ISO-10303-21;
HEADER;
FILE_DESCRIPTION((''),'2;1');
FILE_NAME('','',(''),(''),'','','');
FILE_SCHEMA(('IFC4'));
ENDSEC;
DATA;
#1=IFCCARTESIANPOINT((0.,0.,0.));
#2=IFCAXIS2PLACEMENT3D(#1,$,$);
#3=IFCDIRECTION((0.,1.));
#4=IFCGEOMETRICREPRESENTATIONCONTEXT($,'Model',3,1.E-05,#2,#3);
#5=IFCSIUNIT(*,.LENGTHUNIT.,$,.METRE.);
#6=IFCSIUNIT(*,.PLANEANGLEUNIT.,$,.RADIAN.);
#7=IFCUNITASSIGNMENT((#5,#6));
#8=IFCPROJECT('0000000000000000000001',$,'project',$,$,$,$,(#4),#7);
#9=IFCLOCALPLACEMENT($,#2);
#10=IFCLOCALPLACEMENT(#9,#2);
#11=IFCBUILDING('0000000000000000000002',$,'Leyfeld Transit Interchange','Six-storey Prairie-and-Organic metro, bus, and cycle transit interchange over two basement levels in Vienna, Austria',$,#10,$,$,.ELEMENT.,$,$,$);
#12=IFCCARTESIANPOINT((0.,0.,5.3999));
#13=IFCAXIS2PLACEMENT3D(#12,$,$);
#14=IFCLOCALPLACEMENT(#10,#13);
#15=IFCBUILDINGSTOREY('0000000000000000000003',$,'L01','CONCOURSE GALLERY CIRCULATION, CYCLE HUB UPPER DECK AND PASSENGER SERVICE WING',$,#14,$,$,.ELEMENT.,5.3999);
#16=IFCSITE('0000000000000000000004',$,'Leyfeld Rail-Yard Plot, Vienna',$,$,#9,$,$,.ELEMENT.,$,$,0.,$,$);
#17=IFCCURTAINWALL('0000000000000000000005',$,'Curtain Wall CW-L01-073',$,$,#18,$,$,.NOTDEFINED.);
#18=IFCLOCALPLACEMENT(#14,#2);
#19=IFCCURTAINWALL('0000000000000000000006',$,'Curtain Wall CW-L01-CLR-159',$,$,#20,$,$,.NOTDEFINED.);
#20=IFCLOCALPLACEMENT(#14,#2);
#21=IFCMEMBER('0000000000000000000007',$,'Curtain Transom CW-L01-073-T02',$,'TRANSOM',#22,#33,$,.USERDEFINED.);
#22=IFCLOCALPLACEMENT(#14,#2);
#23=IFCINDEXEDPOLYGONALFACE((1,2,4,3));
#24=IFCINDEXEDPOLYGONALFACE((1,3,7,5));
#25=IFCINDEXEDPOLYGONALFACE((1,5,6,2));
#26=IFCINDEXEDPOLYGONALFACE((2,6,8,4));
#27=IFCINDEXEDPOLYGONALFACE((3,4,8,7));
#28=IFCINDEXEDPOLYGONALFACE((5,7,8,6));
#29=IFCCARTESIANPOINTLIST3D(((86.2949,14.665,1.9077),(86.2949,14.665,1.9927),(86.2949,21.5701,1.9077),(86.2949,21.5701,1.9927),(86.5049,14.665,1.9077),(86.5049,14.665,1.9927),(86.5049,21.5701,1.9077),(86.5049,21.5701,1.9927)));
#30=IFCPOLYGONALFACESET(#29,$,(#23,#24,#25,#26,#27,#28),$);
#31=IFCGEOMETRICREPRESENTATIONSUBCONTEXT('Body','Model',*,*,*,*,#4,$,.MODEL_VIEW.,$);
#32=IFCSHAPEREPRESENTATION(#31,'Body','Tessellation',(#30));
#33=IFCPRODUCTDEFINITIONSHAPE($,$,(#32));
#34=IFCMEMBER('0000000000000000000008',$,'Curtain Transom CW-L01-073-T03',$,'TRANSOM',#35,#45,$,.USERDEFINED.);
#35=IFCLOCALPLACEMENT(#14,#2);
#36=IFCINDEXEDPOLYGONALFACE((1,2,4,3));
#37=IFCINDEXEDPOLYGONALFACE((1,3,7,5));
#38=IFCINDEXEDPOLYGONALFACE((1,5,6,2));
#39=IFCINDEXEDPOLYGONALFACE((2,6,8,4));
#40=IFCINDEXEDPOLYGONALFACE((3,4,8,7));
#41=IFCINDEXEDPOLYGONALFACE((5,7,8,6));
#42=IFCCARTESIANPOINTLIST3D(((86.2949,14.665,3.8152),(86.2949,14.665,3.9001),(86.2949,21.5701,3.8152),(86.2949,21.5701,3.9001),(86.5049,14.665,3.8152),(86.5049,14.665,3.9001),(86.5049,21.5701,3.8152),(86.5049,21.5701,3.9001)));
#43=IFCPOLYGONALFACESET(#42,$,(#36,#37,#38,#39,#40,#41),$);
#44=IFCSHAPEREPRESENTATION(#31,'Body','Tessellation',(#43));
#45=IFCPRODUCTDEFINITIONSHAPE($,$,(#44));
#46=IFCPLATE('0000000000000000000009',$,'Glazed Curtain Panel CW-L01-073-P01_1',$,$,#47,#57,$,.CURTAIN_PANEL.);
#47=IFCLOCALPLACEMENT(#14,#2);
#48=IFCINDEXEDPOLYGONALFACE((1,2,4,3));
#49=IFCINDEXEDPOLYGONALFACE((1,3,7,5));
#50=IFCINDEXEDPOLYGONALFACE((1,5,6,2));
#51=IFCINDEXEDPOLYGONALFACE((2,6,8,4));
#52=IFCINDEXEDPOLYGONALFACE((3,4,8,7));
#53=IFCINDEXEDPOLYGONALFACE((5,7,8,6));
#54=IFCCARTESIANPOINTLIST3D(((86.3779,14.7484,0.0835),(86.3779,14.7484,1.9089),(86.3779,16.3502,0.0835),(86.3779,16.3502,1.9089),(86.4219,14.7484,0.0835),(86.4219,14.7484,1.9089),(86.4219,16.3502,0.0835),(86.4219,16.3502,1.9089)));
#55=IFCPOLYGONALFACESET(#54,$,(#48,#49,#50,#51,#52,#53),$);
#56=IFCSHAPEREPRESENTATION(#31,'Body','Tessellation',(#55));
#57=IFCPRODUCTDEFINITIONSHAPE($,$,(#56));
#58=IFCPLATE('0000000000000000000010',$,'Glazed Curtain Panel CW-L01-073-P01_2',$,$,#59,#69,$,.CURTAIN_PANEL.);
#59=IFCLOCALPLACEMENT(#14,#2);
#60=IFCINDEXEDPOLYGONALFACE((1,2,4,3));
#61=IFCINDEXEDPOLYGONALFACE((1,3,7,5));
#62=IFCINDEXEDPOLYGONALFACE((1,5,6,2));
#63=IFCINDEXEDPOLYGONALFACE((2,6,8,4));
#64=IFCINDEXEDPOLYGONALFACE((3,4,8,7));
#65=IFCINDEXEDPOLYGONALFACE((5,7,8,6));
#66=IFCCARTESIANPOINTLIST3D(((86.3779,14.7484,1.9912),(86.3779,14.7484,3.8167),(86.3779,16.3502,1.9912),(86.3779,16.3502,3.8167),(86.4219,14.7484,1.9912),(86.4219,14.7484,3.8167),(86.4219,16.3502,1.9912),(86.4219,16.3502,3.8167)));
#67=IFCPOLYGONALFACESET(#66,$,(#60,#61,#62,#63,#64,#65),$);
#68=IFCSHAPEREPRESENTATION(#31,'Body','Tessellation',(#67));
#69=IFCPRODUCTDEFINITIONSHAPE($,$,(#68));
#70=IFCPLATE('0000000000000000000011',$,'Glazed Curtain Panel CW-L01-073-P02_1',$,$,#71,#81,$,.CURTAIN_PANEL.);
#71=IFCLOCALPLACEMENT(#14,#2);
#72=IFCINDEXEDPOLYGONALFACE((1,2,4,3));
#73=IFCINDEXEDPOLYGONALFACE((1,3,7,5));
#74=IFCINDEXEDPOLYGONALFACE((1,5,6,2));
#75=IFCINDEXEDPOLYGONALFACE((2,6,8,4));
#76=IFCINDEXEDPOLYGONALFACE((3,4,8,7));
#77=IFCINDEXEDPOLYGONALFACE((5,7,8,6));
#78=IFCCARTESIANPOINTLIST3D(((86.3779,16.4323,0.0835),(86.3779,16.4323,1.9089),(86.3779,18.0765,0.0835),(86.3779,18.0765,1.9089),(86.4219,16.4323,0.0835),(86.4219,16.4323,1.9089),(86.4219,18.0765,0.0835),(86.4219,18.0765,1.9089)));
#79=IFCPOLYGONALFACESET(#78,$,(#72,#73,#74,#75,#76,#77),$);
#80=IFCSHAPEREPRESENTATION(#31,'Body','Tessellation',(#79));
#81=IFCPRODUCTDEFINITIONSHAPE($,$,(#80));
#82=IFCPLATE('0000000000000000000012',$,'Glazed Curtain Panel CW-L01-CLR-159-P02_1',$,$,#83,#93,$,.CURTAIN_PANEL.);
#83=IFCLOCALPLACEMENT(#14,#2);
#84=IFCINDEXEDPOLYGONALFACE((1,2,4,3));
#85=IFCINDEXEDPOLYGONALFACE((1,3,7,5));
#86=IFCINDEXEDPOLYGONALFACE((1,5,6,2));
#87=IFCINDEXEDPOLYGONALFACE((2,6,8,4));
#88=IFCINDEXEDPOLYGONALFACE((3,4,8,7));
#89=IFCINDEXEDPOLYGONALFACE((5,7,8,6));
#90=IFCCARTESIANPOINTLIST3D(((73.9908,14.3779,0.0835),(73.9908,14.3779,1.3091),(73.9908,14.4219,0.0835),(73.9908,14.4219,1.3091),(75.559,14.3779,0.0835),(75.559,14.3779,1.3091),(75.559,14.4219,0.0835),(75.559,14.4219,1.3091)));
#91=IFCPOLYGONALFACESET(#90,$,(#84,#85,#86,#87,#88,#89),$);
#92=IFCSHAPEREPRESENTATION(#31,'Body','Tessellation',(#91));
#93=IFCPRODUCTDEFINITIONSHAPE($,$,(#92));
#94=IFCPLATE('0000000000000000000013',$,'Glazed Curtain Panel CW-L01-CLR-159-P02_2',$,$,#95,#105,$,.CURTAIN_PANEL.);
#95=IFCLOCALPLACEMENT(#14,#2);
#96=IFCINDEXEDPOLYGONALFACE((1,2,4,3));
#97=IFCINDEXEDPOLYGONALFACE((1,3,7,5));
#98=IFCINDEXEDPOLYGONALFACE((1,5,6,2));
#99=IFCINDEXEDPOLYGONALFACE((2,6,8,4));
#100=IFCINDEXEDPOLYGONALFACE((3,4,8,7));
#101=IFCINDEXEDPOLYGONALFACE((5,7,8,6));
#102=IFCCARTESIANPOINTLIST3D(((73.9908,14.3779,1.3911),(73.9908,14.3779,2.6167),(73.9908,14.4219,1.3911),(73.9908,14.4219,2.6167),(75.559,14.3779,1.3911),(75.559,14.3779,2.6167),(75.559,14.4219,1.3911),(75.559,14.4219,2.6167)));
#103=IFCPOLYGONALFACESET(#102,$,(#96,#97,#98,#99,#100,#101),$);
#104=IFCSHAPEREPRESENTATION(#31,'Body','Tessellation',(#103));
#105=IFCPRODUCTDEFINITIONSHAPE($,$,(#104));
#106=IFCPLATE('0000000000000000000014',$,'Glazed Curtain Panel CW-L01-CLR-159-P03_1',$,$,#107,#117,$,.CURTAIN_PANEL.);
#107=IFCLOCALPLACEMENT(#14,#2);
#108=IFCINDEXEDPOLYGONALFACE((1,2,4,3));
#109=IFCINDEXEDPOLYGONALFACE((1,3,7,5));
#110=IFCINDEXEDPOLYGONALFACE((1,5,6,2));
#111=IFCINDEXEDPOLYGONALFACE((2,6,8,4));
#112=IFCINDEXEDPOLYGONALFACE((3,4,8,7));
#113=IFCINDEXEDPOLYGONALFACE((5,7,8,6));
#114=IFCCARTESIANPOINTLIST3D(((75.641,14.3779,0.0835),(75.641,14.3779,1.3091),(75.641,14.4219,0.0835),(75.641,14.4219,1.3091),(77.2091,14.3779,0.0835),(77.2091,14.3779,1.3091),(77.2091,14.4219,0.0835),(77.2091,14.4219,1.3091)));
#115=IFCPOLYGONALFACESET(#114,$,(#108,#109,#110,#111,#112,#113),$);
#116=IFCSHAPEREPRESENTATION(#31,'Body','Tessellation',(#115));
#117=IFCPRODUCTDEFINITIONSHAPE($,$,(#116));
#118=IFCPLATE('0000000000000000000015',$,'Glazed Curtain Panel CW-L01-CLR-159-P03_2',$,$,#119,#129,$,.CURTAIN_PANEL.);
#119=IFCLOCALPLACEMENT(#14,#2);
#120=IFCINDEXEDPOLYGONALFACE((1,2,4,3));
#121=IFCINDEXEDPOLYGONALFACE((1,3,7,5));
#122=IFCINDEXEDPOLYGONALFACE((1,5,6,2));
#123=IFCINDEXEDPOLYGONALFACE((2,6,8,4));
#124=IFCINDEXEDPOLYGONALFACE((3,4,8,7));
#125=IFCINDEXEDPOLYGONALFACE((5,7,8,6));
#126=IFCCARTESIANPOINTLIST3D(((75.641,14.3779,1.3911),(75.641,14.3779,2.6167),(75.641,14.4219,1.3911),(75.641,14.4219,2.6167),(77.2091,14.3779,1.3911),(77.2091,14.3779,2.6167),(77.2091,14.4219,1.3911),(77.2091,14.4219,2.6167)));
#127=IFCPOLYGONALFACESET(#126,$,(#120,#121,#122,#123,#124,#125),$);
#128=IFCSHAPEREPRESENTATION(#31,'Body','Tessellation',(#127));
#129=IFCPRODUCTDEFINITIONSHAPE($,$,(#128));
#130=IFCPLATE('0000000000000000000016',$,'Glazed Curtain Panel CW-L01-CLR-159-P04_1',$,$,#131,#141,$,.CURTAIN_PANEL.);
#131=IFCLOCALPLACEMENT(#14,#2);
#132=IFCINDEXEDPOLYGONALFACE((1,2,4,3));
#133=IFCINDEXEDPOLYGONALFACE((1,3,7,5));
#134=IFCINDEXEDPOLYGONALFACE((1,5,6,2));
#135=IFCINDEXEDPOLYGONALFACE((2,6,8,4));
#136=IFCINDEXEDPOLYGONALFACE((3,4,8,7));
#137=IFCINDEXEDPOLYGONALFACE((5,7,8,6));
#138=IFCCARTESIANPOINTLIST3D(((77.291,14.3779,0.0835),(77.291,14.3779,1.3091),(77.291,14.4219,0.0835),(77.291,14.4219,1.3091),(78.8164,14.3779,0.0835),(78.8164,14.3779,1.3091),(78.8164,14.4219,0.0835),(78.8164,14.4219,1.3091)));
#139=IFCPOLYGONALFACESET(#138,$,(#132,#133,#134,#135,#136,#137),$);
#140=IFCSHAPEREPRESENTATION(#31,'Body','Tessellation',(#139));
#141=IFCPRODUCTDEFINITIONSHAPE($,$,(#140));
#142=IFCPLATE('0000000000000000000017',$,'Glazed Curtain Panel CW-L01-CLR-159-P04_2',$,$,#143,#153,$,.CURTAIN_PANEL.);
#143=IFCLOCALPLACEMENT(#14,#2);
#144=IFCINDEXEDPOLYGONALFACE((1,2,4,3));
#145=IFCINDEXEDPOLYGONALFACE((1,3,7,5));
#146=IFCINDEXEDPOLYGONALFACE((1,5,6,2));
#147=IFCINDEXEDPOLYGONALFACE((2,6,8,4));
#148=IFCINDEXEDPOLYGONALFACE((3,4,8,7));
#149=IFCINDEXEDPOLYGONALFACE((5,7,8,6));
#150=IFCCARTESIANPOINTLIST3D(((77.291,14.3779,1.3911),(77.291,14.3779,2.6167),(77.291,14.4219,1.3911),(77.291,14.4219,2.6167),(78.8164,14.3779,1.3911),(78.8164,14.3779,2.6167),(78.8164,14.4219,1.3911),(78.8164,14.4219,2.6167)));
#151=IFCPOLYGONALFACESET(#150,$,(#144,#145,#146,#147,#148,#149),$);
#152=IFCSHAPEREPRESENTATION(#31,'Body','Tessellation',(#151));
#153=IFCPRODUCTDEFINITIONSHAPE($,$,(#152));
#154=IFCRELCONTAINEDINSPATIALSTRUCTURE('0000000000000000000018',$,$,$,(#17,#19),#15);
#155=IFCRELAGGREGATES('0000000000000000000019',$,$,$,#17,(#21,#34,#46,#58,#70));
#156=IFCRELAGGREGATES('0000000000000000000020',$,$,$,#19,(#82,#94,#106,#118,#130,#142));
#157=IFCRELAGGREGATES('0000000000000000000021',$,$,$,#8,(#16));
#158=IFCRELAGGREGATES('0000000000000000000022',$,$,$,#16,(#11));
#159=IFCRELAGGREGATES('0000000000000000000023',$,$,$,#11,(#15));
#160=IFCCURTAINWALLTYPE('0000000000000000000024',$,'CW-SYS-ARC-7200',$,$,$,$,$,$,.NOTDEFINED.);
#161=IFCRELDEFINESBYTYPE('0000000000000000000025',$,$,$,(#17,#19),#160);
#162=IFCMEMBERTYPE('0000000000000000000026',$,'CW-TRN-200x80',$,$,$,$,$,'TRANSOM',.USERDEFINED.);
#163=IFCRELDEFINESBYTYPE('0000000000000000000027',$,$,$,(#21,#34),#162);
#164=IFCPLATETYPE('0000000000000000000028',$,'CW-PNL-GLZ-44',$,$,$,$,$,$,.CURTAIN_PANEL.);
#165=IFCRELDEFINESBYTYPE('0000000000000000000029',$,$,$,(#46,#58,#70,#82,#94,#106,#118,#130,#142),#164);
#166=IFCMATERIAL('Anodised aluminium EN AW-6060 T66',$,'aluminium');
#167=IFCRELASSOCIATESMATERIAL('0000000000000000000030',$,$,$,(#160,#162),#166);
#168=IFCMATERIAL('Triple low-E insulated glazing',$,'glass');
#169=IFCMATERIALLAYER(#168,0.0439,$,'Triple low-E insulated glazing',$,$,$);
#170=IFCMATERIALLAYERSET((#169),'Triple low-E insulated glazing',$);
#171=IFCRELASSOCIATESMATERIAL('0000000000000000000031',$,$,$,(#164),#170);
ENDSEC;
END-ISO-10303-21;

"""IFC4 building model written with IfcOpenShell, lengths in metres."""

from ifc_helpers import new_model, si_unit, direction, frame, origin, origin_2d, place, context, subcontext, project, spatial, rectangle, extrude, material, layer, layer_set, material_profile, profile_set, type_object, element, aggregate, save


model = new_model("IFC4")

# Units and contexts
model_context = context("Model", 3, precision=1e-05, world=origin(), true_north=direction((0.0, 1.0)))
body_context = subcontext(model_context, "Body", "Model", "MODEL_VIEW")
ifc_project = project(units=[si_unit("LENGTHUNIT", "METRE"), si_unit("PLANEANGLEUNIT", "RADIAN")], contexts=[model_context])

# Site, building, storey
site_placement = place(None, origin())
site = spatial("IfcSite", under=ifc_project, at=site_placement, Name="Leyfeld Rail-Yard Plot, Vienna", CompositionType="ELEMENT", RefElevation=0.0)
building_placement = place(site_placement, origin())
building = spatial("IfcBuilding", under=site, at=building_placement, Name="Leyfeld Transit Interchange", Description="Six-storey Prairie-and-Organic metro, bus, and cycle transit interchange over two basement levels in Vienna, Austria", CompositionType="ELEMENT")
storey_placement = place(building_placement, frame((0.0, 0.0, 5.3999)))
storey = spatial("IfcBuildingStorey", under=building, at=storey_placement, Name="L01", Description="CONCOURSE GALLERY CIRCULATION, CYCLE HUB UPPER DECK AND PASSENGER SERVICE WING", CompositionType="ELEMENT", Elevation=5.3999)

# Curtain walls
ifc_material_1 = material(Name="Anodised aluminium EN AW-6060 T66", Category="aluminium")
curtain_wall_type = type_object("IfcCurtainWallType", Name="CW-SYS-ARC-7200", PredefinedType="NOTDEFINED", material=ifc_material_1)
curtain_wall_1_placement = place(storey_placement, origin())
curtain_wall_1 = element("IfcCurtainWall", 1, at=curtain_wall_1_placement, inside=storey, type_object=curtain_wall_type, Name="Curtain Wall CW-L01-073", PredefinedType="NOTDEFINED")
curtain_wall_2_placement = place(storey_placement, origin())
curtain_wall_2 = element("IfcCurtainWall", 2, at=curtain_wall_2_placement, inside=storey, type_object=curtain_wall_type, Name="Curtain Wall CW-L01-CLR-159", PredefinedType="NOTDEFINED")

# Members
ifc_material_profile_1 = material_profile(ifc_material_1, rectangle(XDim=0.21, YDim=0.085, at=origin_2d()), Name="CW-TRN-200x80")
ifc_profile_set_1 = profile_set([ifc_material_profile_1], Name="Anodised aluminium EN AW-6060 T66")
member_type_1 = type_object("IfcMemberType", Name="CW-TRN-200x80", ElementType="TRANSOM", PredefinedType="USERDEFINED", material=ifc_profile_set_1)
member_1_placement = place(storey_placement, frame((86.3999, 14.665, 1.9502), z_axis=(0.0, 1.0, 0.0), x_axis=(-1.0, 0.0, 0.0)))
member_1 = element("IfcMember", 3, at=member_1_placement, type_object=member_type_1, Name="Curtain Transom CW-L01-073-T02", ObjectType="TRANSOM", PredefinedType="USERDEFINED", context=body_context, shape_type="SweptSolid", body=[
    extrude(rectangle(XDim=0.21, YDim=0.085, at=origin_2d()), origin(), (0.0, 0.0, 1.0), 6.905),
])
member_2_placement = place(storey_placement, frame((86.3999, 14.665, 3.8577), z_axis=(0.0, 1.0, 0.0), x_axis=(-1.0, 0.0, 0.0)))
member_2 = element("IfcMember", 4, at=member_2_placement, type_object=member_type_1, Name="Curtain Transom CW-L01-073-T03", ObjectType="TRANSOM", PredefinedType="USERDEFINED", context=body_context, shape_type="SweptSolid", body=[
    extrude(rectangle(XDim=0.21, YDim=0.085, at=origin_2d()), origin(), (0.0, 0.0, 1.0), 6.905),
])

# Plates
ifc_material_2 = material(Name="Triple low-E insulated glazing", Category="glass")
ifc_layer = layer(ifc_material_2, 0.0439, Name="Triple low-E insulated glazing")
ifc_layer_set = layer_set([ifc_layer], Name="Triple low-E insulated glazing")
plate_type = type_object("IfcPlateType", Name="CW-PNL-GLZ-44", PredefinedType="CURTAIN_PANEL", material=ifc_layer_set)
plate_1_placement = place(storey_placement, frame((86.3999, 15.5493, 0.0835), z_axis=(0.0, 0.0, 1.0), x_axis=(0.0, 1.0, 0.0)))
plate_1 = element("IfcPlate", 5, at=plate_1_placement, type_object=plate_type, Name="Glazed Curtain Panel CW-L01-073-P01_1", PredefinedType="CURTAIN_PANEL", context=body_context, shape_type="SweptSolid", body=[
    extrude(rectangle(XDim=1.6018, YDim=0.0439, at=origin_2d()), origin(), (0.0, 0.0, 1.0), 1.8254),
])
plate_2_placement = place(storey_placement, frame((86.3999, 15.5493, 1.9912), z_axis=(0.0, 0.0, 1.0), x_axis=(0.0, 1.0, 0.0)))
plate_2 = element("IfcPlate", 6, at=plate_2_placement, type_object=plate_type, Name="Glazed Curtain Panel CW-L01-073-P01_2", PredefinedType="CURTAIN_PANEL", context=body_context, shape_type="SweptSolid", body=[
    extrude(rectangle(XDim=1.6018, YDim=0.0439, at=origin_2d()), origin(), (0.0, 0.0, 1.0), 1.8254),
])
plate_3_placement = place(storey_placement, frame((86.3999, 17.2544, 0.0835), z_axis=(0.0, 0.0, 1.0), x_axis=(0.0, 1.0, 0.0)))
plate_3 = element("IfcPlate", 7, at=plate_3_placement, type_object=plate_type, Name="Glazed Curtain Panel CW-L01-073-P02_1", PredefinedType="CURTAIN_PANEL", context=body_context, shape_type="SweptSolid", body=[
    extrude(rectangle(XDim=1.6443, YDim=0.0439, at=origin_2d()), origin(), (0.0, 0.0, 1.0), 1.8254),
])
aggregate(curtain_wall_1, [member_1, member_2, plate_1, plate_2, plate_3])
plate_4_placement = place(storey_placement, frame((74.7749, 14.3999, 0.0835), z_axis=(0.0, 0.0, 1.0), x_axis=(1.0, 0.0, 0.0)))
plate_4 = element("IfcPlate", 8, at=plate_4_placement, type_object=plate_type, Name="Glazed Curtain Panel CW-L01-CLR-159-P02_1", PredefinedType="CURTAIN_PANEL", context=body_context, shape_type="SweptSolid", body=[
    extrude(rectangle(XDim=1.5681, YDim=0.0439, at=origin_2d()), origin(), (0.0, 0.0, 1.0), 1.2256),
])
plate_5_placement = place(storey_placement, frame((74.7749, 14.3999, 1.3911), z_axis=(0.0, 0.0, 1.0), x_axis=(1.0, 0.0, 0.0)))
plate_5 = element("IfcPlate", 9, at=plate_5_placement, type_object=plate_type, Name="Glazed Curtain Panel CW-L01-CLR-159-P02_2", PredefinedType="CURTAIN_PANEL", context=body_context, shape_type="SweptSolid", body=[
    extrude(rectangle(XDim=1.5681, YDim=0.0439, at=origin_2d()), origin(), (0.0, 0.0, 1.0), 1.2256),
])
plate_6_placement = place(storey_placement, frame((76.425, 14.3999, 0.0835), z_axis=(0.0, 0.0, 1.0), x_axis=(1.0, 0.0, 0.0)))
plate_6 = element("IfcPlate", 10, at=plate_6_placement, type_object=plate_type, Name="Glazed Curtain Panel CW-L01-CLR-159-P03_1", PredefinedType="CURTAIN_PANEL", context=body_context, shape_type="SweptSolid", body=[
    extrude(rectangle(XDim=1.5681, YDim=0.0439, at=origin_2d()), origin(), (0.0, 0.0, 1.0), 1.2256),
])
plate_7_placement = place(storey_placement, frame((76.425, 14.3999, 1.3911), z_axis=(0.0, 0.0, 1.0), x_axis=(1.0, 0.0, 0.0)))
plate_7 = element("IfcPlate", 11, at=plate_7_placement, type_object=plate_type, Name="Glazed Curtain Panel CW-L01-CLR-159-P03_2", PredefinedType="CURTAIN_PANEL", context=body_context, shape_type="SweptSolid", body=[
    extrude(rectangle(XDim=1.5681, YDim=0.0439, at=origin_2d()), origin(), (0.0, 0.0, 1.0), 1.2256),
])
plate_8_placement = place(storey_placement, frame((78.0537, 14.3999, 0.0835), z_axis=(0.0, 0.0, 1.0), x_axis=(1.0, 0.0, 0.0)))
plate_8 = element("IfcPlate", 12, at=plate_8_placement, type_object=plate_type, Name="Glazed Curtain Panel CW-L01-CLR-159-P04_1", PredefinedType="CURTAIN_PANEL", context=body_context, shape_type="SweptSolid", body=[
    extrude(rectangle(XDim=1.5254, YDim=0.0439, at=origin_2d()), origin(), (0.0, 0.0, 1.0), 1.2256),
])
plate_9_placement = place(storey_placement, frame((78.0537, 14.3999, 1.3911), z_axis=(0.0, 0.0, 1.0), x_axis=(1.0, 0.0, 0.0)))
plate_9 = element("IfcPlate", 13, at=plate_9_placement, type_object=plate_type, Name="Glazed Curtain Panel CW-L01-CLR-159-P04_2", PredefinedType="CURTAIN_PANEL", context=body_context, shape_type="SweptSolid", body=[
    extrude(rectangle(XDim=1.5254, YDim=0.0439, at=origin_2d()), origin(), (0.0, 0.0, 1.0), 1.2256),
])
aggregate(curtain_wall_2, [plate_4, plate_5, plate_6, plate_7, plate_8, plate_9])

save(model, "model.ifc")
